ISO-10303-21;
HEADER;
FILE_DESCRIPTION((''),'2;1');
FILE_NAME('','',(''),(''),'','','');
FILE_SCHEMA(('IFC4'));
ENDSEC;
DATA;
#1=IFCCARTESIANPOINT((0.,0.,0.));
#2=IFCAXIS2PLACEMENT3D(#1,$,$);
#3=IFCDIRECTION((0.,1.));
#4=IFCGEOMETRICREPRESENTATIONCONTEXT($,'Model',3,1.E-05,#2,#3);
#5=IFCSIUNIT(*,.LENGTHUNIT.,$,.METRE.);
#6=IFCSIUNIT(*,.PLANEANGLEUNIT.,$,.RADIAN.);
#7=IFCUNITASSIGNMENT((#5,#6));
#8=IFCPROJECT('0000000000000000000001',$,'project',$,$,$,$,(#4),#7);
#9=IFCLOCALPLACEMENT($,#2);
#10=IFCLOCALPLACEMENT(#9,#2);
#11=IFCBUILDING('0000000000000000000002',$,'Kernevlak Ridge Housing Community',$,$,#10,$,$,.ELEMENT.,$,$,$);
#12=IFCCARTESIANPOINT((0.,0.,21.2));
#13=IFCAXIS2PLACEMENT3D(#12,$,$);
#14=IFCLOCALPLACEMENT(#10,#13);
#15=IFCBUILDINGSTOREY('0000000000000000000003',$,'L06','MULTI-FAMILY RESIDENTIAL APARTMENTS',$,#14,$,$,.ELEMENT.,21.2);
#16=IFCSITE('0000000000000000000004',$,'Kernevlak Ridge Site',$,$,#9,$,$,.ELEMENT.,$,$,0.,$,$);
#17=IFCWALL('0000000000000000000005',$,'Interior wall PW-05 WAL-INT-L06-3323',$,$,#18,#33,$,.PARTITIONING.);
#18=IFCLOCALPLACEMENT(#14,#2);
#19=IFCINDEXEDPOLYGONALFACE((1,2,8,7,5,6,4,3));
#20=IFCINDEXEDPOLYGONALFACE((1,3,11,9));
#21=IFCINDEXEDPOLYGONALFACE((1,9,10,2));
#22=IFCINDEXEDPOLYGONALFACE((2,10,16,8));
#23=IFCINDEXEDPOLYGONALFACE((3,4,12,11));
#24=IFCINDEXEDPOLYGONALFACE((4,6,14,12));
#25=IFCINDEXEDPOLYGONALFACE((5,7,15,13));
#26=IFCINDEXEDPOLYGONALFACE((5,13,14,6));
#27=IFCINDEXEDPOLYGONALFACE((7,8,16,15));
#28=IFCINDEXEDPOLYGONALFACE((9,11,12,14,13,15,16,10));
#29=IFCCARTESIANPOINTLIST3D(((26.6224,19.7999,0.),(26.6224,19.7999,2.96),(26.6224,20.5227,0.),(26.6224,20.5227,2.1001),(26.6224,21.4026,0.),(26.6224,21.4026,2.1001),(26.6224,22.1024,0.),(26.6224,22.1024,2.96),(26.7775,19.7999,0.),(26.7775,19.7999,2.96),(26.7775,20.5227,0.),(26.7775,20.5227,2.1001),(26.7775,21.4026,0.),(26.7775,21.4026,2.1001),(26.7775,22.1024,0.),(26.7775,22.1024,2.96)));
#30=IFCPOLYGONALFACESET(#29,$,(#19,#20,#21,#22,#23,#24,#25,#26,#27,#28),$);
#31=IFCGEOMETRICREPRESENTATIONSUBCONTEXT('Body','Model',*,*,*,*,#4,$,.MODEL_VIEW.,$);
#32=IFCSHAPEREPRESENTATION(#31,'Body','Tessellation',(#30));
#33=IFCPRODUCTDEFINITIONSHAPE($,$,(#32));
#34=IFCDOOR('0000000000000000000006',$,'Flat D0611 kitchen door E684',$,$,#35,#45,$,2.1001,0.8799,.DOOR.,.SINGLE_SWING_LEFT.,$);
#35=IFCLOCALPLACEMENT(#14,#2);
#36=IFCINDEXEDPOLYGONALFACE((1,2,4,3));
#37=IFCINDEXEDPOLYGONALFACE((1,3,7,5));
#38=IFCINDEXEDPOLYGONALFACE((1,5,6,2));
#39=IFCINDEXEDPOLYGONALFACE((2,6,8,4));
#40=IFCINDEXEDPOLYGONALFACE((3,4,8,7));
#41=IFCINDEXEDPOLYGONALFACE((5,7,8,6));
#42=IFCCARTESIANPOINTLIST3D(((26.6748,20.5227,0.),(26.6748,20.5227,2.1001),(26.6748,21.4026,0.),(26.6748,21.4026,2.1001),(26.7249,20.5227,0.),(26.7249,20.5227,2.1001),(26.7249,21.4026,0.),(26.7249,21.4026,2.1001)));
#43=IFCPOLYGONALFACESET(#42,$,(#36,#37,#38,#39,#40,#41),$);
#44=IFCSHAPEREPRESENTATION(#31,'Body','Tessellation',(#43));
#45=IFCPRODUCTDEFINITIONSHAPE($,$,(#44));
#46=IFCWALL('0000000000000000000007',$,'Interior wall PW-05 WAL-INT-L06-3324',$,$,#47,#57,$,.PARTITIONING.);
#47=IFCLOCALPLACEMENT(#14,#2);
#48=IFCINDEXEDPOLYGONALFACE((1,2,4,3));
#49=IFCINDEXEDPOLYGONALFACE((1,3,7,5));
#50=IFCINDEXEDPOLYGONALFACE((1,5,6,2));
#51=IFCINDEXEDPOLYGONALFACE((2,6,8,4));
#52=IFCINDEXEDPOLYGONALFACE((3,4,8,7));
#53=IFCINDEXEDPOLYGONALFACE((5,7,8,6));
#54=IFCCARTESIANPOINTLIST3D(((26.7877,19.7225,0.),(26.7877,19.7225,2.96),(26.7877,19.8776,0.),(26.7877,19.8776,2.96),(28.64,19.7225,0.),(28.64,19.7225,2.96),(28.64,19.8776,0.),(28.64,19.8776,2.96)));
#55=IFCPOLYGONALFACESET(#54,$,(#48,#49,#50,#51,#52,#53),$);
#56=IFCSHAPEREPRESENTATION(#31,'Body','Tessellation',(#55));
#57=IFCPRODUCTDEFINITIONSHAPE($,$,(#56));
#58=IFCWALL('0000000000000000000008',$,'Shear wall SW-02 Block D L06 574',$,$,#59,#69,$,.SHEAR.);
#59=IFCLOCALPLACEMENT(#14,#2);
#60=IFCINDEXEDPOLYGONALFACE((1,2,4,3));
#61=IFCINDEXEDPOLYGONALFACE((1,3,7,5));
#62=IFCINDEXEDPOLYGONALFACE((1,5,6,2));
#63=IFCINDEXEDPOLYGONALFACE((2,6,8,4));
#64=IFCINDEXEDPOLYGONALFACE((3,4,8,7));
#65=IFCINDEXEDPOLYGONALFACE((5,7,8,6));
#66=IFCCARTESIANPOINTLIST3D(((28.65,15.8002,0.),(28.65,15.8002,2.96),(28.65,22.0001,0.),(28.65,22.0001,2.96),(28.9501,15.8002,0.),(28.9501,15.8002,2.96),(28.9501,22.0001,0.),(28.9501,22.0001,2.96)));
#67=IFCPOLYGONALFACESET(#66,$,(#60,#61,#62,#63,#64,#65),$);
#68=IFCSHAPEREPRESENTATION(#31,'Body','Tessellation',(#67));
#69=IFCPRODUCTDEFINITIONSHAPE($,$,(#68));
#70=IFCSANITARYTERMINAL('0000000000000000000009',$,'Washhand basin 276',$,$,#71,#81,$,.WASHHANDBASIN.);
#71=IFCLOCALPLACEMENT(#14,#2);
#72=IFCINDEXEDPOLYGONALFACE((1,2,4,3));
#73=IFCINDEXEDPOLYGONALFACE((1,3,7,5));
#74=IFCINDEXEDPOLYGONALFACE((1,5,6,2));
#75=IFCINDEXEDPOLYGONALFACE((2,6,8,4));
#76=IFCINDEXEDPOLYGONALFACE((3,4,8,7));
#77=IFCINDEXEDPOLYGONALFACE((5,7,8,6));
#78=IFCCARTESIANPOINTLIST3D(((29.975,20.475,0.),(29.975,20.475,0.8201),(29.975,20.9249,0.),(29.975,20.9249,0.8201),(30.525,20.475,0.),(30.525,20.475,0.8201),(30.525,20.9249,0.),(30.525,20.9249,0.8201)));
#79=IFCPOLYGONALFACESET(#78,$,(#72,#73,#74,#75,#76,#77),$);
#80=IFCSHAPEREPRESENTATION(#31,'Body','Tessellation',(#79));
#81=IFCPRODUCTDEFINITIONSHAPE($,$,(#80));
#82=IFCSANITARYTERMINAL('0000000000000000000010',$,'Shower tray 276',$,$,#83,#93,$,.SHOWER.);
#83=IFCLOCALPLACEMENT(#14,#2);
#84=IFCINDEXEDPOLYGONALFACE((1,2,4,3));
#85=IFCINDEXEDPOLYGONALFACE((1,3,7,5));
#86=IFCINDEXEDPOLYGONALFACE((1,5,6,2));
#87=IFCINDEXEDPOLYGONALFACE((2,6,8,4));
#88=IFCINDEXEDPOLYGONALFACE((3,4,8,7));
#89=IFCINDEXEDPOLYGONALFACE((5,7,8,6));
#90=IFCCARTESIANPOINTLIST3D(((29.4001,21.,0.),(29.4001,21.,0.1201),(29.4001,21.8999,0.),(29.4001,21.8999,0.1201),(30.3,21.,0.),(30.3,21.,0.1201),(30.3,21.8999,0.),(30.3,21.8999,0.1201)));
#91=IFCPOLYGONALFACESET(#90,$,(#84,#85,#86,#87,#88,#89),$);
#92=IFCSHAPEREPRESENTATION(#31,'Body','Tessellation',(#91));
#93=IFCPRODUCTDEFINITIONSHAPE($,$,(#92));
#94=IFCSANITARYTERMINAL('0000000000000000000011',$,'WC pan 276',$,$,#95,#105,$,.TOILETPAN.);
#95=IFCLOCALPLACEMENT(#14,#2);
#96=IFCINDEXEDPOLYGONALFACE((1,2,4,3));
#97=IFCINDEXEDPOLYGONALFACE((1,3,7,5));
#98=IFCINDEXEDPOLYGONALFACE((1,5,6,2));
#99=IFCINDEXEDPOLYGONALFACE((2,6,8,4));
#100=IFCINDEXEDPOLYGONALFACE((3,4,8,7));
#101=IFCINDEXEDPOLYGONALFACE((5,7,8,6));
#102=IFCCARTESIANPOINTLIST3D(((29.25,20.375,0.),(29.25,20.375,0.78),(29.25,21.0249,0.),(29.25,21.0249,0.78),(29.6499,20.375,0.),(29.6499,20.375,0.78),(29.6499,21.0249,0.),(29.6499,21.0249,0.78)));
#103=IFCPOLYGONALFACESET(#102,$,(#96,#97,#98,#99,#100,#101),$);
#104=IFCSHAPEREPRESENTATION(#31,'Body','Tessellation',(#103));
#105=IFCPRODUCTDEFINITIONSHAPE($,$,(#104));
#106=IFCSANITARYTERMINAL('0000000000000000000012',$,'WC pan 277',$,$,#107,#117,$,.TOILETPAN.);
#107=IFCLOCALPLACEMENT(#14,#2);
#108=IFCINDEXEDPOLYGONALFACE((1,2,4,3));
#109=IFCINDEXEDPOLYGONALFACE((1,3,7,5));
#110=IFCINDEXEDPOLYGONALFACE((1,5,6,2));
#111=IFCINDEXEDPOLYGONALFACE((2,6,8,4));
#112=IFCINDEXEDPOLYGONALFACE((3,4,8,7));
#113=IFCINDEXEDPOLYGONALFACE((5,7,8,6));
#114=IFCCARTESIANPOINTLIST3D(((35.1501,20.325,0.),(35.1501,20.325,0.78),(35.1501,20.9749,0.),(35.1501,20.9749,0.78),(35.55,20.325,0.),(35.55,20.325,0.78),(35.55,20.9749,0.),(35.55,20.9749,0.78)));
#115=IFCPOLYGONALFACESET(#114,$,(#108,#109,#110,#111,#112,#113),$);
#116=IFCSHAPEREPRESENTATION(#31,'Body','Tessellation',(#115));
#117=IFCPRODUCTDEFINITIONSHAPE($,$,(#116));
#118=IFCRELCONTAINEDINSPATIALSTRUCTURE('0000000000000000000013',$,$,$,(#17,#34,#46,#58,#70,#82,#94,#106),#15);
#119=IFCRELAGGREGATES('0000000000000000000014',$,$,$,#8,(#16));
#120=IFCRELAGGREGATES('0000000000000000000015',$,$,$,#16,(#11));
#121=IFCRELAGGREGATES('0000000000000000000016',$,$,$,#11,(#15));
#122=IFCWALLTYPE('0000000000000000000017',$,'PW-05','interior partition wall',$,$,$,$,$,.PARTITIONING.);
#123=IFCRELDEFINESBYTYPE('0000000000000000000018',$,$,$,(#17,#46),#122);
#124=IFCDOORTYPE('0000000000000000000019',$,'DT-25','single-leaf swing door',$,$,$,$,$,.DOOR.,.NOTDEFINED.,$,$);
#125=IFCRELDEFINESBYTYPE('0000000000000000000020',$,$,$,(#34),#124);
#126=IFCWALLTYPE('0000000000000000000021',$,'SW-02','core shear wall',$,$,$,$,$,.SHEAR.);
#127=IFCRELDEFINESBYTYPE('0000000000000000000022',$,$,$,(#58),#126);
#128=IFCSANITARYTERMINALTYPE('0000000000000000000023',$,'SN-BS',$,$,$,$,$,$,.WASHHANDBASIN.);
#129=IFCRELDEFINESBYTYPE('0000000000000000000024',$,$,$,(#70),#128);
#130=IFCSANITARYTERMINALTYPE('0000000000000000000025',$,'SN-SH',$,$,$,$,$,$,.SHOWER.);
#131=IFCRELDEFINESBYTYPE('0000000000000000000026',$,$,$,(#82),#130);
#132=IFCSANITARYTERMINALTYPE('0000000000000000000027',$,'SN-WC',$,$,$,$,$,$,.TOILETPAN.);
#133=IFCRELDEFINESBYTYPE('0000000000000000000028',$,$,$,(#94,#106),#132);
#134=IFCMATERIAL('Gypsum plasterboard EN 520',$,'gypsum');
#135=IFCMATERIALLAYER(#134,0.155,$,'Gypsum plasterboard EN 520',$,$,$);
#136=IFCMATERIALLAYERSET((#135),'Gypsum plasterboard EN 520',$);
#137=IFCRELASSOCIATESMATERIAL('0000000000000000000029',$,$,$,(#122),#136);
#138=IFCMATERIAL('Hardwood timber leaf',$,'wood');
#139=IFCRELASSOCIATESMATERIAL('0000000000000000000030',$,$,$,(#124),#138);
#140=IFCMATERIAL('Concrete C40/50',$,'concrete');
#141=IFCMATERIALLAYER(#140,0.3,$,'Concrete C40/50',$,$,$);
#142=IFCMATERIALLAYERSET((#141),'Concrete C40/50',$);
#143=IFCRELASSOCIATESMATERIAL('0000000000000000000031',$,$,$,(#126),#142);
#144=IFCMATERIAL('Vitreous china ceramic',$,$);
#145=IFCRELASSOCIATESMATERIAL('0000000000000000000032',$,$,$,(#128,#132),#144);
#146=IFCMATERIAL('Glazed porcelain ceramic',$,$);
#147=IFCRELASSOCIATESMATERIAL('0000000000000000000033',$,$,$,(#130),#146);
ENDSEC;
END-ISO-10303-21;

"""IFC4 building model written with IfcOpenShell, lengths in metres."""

from ifc_helpers import new_model, si_unit, direction, frame, frame_2d, origin, origin_2d, place, context, subcontext, project, spatial, rectangle, extrude, material, layer, layer_set, type_object, element, fill, save


model = new_model("IFC4")

# Units and contexts
model_context = context("Model", 3, precision=1e-05, world=origin(), true_north=direction((0.0, 1.0)))
body_context = subcontext(model_context, "Body", "Model", "MODEL_VIEW")
ifc_project = project(units=[si_unit("LENGTHUNIT", "METRE"), si_unit("PLANEANGLEUNIT", "RADIAN")], contexts=[model_context])

# Site, building, storey
site_placement = place(None, origin())
site = spatial("IfcSite", under=ifc_project, at=site_placement, Name="Kernevlak Ridge Site", CompositionType="ELEMENT", RefElevation=0.0)
building_placement = place(site_placement, origin())
building = spatial("IfcBuilding", under=site, at=building_placement, Name="Kernevlak Ridge Housing Community", CompositionType="ELEMENT")
storey_placement = place(building_placement, frame((0.0, 0.0, 21.2)))
storey = spatial("IfcBuildingStorey", under=building, at=storey_placement, Name="L06", Description="MULTI-FAMILY RESIDENTIAL APARTMENTS", CompositionType="ELEMENT", Elevation=21.2)

# Shared definitions
ifc_material_1 = material(Name="Gypsum plasterboard EN 520", Category="gypsum")

# Wall, opening, door
ifc_layer_1 = layer(ifc_material_1, 0.155, Name="Gypsum plasterboard EN 520")
ifc_layer_set_1 = layer_set([ifc_layer_1], Name="Gypsum plasterboard EN 520")
wall_type_1 = type_object("IfcWallType", Name="PW-05", Description="interior partition wall", PredefinedType="PARTITIONING", material=ifc_layer_set_1)
wall_1_placement = place(storey_placement, frame((26.7, 22.1025, 0.0), z_axis=(0.0, 0.0, 1.0), x_axis=(0.0, -1.0, 0.0)))
wall_1 = element("IfcWall", 1, at=wall_1_placement, inside=storey, type_object=wall_type_1, Name="Interior wall PW-05 WAL-INT-L06-3323", PredefinedType="PARTITIONING", context=body_context, shape_type="SweptSolid", body=[
    extrude(rectangle(XDim=2.3025, YDim=0.155, at=frame_2d((1.1514, 0.0))), origin(), (0.0, 0.0, 1.0), 2.96),
])
opening_1_placement = place(wall_1_placement, frame((0.7, 0.0, 0.0)))
opening_1 = element("IfcOpeningElement", 2, at=opening_1_placement, cuts=wall_1, PredefinedType="OPENING", context=body_context, shape_type="SweptSolid", body=[
    extrude(rectangle(XDim=0.8799, YDim=2.1001, at=frame_2d((0.4399, 1.05))), frame((0.0, 0.0874, 0.0), z_axis=(0.0, -1.0, 0.0), x_axis=(1.0, 0.0, 0.0)), (0.0, 0.0, 1.0), 0.175),
])
ifc_material_2 = material(Name="Hardwood timber leaf", Category="wood")
door_type_1 = type_object("IfcDoorType", Name="DT-25", Description="single-leaf swing door", OperationType="NOTDEFINED", PredefinedType="DOOR", material=ifc_material_2)
door_1_placement = place(opening_1_placement, origin())
door_1 = element("IfcDoor", 3, at=door_1_placement, inside=storey, type_object=door_type_1, Name="Flat D0611 kitchen door E684", OperationType="SINGLE_SWING_LEFT", OverallHeight=2.1001, OverallWidth=0.8799, PredefinedType="DOOR", context=body_context, shape_type="SweptSolid", body=[
    extrude(rectangle(XDim=0.8799, YDim=2.1001, at=frame_2d((0.4399, 1.05))), frame((0.0, 0.0249, 0.0), z_axis=(0.0, -1.0, 0.0), x_axis=(1.0, 0.0, 0.0)), (0.0, 0.0, 1.0), 0.05),
])
fill(opening_1, door_1)

# Walls
wall_2_placement = place(storey_placement, frame((26.7876, 19.8, 0.0), z_axis=(0.0, 0.0, 1.0), x_axis=(1.0, 0.0, 0.0)))
element("IfcWall", 4, at=wall_2_placement, inside=storey, type_object=wall_type_1, Name="Interior wall PW-05 WAL-INT-L06-3324", PredefinedType="PARTITIONING", context=body_context, shape_type="SweptSolid", body=[
    extrude(rectangle(XDim=1.8523, YDim=0.155, at=frame_2d((0.9263, 0.0))), origin(), (0.0, 0.0, 1.0), 2.96),
])
ifc_material_3 = material(Name="Concrete C40/50", Category="concrete")
ifc_layer_2 = layer(ifc_material_3, 0.3, Name="Concrete C40/50")
ifc_layer_set_2 = layer_set([ifc_layer_2], Name="Concrete C40/50")
wall_type_2 = type_object("IfcWallType", Name="SW-02", Description="core shear wall", PredefinedType="SHEAR", material=ifc_layer_set_2)
wall_3_placement = place(storey_placement, frame((28.8, 15.8, 0.0), z_axis=(0.0, 0.0, 1.0), x_axis=(0.0, 1.0, 0.0)))
element("IfcWall", 5, at=wall_3_placement, inside=storey, type_object=wall_type_2, Name="Shear wall SW-02 Block D L06 574", PredefinedType="SHEAR", context=body_context, shape_type="SweptSolid", body=[
    extrude(rectangle(XDim=6.2, YDim=0.3, at=frame_2d((3.1001, 0.0))), origin(), (0.0, 0.0, 1.0), 2.96),
])

# Sanitary terminals
ifc_material_4 = material(Name="Vitreous china ceramic")
sanitary_terminal_type_1 = type_object("IfcSanitaryTerminalType", Name="SN-BS", PredefinedType="WASHHANDBASIN", material=ifc_material_4)
sanitary_terminal_1_placement = place(storey_placement, frame((30.25, 20.7, 0.0), z_axis=(0.0, 0.0, 1.0), x_axis=(1.0, 0.0, 0.0)))
element("IfcSanitaryTerminal", 6, at=sanitary_terminal_1_placement, inside=storey, type_object=sanitary_terminal_type_1, Name="Washhand basin 276", PredefinedType="WASHHANDBASIN", context=body_context, shape_type="SweptSolid", body=[
    extrude(rectangle(XDim=0.55, YDim=0.45, at=origin_2d()), origin(), (0.0, 0.0, 1.0), 0.8201),
])
ifc_material_5 = material(Name="Glazed porcelain ceramic")
sanitary_terminal_type_2 = type_object("IfcSanitaryTerminalType", Name="SN-SH", PredefinedType="SHOWER", material=ifc_material_5)
sanitary_terminal_2_placement = place(storey_placement, frame((29.8501, 21.45, 0.0), z_axis=(0.0, 0.0, 1.0), x_axis=(1.0, 0.0, 0.0)))
element("IfcSanitaryTerminal", 7, at=sanitary_terminal_2_placement, inside=storey, type_object=sanitary_terminal_type_2, Name="Shower tray 276", PredefinedType="SHOWER", context=body_context, shape_type="SweptSolid", body=[
    extrude(rectangle(XDim=0.8999, YDim=0.8999, at=origin_2d()), origin(), (0.0, 0.0, 1.0), 0.1201),
])
sanitary_terminal_type_3 = type_object("IfcSanitaryTerminalType", Name="SN-WC", PredefinedType="TOILETPAN", material=ifc_material_4)
for number, where, z_axis, x_axis, name in (
    (8, (29.45, 20.7, 0.0), (0.0, 0.0, 1.0), (1.0, 0.0, 0.0), "WC pan 276"),
    (9, (35.3501, 20.6499, 0.0), (0.0, 0.0, 1.0), (1.0, 0.0, 0.0), "WC pan 277"),
):
    element("IfcSanitaryTerminal", number, at=place(storey_placement, frame(where, z_axis=z_axis, x_axis=x_axis)), inside=storey, type_object=sanitary_terminal_type_3, Name=name, PredefinedType="TOILETPAN", context=body_context, shape_type="SweptSolid", body=[
        extrude(rectangle(XDim=0.3999, YDim=0.6499, at=origin_2d()), origin(), (0.0, 0.0, 1.0), 0.78),
    ])

save(model, "model.ifc")
